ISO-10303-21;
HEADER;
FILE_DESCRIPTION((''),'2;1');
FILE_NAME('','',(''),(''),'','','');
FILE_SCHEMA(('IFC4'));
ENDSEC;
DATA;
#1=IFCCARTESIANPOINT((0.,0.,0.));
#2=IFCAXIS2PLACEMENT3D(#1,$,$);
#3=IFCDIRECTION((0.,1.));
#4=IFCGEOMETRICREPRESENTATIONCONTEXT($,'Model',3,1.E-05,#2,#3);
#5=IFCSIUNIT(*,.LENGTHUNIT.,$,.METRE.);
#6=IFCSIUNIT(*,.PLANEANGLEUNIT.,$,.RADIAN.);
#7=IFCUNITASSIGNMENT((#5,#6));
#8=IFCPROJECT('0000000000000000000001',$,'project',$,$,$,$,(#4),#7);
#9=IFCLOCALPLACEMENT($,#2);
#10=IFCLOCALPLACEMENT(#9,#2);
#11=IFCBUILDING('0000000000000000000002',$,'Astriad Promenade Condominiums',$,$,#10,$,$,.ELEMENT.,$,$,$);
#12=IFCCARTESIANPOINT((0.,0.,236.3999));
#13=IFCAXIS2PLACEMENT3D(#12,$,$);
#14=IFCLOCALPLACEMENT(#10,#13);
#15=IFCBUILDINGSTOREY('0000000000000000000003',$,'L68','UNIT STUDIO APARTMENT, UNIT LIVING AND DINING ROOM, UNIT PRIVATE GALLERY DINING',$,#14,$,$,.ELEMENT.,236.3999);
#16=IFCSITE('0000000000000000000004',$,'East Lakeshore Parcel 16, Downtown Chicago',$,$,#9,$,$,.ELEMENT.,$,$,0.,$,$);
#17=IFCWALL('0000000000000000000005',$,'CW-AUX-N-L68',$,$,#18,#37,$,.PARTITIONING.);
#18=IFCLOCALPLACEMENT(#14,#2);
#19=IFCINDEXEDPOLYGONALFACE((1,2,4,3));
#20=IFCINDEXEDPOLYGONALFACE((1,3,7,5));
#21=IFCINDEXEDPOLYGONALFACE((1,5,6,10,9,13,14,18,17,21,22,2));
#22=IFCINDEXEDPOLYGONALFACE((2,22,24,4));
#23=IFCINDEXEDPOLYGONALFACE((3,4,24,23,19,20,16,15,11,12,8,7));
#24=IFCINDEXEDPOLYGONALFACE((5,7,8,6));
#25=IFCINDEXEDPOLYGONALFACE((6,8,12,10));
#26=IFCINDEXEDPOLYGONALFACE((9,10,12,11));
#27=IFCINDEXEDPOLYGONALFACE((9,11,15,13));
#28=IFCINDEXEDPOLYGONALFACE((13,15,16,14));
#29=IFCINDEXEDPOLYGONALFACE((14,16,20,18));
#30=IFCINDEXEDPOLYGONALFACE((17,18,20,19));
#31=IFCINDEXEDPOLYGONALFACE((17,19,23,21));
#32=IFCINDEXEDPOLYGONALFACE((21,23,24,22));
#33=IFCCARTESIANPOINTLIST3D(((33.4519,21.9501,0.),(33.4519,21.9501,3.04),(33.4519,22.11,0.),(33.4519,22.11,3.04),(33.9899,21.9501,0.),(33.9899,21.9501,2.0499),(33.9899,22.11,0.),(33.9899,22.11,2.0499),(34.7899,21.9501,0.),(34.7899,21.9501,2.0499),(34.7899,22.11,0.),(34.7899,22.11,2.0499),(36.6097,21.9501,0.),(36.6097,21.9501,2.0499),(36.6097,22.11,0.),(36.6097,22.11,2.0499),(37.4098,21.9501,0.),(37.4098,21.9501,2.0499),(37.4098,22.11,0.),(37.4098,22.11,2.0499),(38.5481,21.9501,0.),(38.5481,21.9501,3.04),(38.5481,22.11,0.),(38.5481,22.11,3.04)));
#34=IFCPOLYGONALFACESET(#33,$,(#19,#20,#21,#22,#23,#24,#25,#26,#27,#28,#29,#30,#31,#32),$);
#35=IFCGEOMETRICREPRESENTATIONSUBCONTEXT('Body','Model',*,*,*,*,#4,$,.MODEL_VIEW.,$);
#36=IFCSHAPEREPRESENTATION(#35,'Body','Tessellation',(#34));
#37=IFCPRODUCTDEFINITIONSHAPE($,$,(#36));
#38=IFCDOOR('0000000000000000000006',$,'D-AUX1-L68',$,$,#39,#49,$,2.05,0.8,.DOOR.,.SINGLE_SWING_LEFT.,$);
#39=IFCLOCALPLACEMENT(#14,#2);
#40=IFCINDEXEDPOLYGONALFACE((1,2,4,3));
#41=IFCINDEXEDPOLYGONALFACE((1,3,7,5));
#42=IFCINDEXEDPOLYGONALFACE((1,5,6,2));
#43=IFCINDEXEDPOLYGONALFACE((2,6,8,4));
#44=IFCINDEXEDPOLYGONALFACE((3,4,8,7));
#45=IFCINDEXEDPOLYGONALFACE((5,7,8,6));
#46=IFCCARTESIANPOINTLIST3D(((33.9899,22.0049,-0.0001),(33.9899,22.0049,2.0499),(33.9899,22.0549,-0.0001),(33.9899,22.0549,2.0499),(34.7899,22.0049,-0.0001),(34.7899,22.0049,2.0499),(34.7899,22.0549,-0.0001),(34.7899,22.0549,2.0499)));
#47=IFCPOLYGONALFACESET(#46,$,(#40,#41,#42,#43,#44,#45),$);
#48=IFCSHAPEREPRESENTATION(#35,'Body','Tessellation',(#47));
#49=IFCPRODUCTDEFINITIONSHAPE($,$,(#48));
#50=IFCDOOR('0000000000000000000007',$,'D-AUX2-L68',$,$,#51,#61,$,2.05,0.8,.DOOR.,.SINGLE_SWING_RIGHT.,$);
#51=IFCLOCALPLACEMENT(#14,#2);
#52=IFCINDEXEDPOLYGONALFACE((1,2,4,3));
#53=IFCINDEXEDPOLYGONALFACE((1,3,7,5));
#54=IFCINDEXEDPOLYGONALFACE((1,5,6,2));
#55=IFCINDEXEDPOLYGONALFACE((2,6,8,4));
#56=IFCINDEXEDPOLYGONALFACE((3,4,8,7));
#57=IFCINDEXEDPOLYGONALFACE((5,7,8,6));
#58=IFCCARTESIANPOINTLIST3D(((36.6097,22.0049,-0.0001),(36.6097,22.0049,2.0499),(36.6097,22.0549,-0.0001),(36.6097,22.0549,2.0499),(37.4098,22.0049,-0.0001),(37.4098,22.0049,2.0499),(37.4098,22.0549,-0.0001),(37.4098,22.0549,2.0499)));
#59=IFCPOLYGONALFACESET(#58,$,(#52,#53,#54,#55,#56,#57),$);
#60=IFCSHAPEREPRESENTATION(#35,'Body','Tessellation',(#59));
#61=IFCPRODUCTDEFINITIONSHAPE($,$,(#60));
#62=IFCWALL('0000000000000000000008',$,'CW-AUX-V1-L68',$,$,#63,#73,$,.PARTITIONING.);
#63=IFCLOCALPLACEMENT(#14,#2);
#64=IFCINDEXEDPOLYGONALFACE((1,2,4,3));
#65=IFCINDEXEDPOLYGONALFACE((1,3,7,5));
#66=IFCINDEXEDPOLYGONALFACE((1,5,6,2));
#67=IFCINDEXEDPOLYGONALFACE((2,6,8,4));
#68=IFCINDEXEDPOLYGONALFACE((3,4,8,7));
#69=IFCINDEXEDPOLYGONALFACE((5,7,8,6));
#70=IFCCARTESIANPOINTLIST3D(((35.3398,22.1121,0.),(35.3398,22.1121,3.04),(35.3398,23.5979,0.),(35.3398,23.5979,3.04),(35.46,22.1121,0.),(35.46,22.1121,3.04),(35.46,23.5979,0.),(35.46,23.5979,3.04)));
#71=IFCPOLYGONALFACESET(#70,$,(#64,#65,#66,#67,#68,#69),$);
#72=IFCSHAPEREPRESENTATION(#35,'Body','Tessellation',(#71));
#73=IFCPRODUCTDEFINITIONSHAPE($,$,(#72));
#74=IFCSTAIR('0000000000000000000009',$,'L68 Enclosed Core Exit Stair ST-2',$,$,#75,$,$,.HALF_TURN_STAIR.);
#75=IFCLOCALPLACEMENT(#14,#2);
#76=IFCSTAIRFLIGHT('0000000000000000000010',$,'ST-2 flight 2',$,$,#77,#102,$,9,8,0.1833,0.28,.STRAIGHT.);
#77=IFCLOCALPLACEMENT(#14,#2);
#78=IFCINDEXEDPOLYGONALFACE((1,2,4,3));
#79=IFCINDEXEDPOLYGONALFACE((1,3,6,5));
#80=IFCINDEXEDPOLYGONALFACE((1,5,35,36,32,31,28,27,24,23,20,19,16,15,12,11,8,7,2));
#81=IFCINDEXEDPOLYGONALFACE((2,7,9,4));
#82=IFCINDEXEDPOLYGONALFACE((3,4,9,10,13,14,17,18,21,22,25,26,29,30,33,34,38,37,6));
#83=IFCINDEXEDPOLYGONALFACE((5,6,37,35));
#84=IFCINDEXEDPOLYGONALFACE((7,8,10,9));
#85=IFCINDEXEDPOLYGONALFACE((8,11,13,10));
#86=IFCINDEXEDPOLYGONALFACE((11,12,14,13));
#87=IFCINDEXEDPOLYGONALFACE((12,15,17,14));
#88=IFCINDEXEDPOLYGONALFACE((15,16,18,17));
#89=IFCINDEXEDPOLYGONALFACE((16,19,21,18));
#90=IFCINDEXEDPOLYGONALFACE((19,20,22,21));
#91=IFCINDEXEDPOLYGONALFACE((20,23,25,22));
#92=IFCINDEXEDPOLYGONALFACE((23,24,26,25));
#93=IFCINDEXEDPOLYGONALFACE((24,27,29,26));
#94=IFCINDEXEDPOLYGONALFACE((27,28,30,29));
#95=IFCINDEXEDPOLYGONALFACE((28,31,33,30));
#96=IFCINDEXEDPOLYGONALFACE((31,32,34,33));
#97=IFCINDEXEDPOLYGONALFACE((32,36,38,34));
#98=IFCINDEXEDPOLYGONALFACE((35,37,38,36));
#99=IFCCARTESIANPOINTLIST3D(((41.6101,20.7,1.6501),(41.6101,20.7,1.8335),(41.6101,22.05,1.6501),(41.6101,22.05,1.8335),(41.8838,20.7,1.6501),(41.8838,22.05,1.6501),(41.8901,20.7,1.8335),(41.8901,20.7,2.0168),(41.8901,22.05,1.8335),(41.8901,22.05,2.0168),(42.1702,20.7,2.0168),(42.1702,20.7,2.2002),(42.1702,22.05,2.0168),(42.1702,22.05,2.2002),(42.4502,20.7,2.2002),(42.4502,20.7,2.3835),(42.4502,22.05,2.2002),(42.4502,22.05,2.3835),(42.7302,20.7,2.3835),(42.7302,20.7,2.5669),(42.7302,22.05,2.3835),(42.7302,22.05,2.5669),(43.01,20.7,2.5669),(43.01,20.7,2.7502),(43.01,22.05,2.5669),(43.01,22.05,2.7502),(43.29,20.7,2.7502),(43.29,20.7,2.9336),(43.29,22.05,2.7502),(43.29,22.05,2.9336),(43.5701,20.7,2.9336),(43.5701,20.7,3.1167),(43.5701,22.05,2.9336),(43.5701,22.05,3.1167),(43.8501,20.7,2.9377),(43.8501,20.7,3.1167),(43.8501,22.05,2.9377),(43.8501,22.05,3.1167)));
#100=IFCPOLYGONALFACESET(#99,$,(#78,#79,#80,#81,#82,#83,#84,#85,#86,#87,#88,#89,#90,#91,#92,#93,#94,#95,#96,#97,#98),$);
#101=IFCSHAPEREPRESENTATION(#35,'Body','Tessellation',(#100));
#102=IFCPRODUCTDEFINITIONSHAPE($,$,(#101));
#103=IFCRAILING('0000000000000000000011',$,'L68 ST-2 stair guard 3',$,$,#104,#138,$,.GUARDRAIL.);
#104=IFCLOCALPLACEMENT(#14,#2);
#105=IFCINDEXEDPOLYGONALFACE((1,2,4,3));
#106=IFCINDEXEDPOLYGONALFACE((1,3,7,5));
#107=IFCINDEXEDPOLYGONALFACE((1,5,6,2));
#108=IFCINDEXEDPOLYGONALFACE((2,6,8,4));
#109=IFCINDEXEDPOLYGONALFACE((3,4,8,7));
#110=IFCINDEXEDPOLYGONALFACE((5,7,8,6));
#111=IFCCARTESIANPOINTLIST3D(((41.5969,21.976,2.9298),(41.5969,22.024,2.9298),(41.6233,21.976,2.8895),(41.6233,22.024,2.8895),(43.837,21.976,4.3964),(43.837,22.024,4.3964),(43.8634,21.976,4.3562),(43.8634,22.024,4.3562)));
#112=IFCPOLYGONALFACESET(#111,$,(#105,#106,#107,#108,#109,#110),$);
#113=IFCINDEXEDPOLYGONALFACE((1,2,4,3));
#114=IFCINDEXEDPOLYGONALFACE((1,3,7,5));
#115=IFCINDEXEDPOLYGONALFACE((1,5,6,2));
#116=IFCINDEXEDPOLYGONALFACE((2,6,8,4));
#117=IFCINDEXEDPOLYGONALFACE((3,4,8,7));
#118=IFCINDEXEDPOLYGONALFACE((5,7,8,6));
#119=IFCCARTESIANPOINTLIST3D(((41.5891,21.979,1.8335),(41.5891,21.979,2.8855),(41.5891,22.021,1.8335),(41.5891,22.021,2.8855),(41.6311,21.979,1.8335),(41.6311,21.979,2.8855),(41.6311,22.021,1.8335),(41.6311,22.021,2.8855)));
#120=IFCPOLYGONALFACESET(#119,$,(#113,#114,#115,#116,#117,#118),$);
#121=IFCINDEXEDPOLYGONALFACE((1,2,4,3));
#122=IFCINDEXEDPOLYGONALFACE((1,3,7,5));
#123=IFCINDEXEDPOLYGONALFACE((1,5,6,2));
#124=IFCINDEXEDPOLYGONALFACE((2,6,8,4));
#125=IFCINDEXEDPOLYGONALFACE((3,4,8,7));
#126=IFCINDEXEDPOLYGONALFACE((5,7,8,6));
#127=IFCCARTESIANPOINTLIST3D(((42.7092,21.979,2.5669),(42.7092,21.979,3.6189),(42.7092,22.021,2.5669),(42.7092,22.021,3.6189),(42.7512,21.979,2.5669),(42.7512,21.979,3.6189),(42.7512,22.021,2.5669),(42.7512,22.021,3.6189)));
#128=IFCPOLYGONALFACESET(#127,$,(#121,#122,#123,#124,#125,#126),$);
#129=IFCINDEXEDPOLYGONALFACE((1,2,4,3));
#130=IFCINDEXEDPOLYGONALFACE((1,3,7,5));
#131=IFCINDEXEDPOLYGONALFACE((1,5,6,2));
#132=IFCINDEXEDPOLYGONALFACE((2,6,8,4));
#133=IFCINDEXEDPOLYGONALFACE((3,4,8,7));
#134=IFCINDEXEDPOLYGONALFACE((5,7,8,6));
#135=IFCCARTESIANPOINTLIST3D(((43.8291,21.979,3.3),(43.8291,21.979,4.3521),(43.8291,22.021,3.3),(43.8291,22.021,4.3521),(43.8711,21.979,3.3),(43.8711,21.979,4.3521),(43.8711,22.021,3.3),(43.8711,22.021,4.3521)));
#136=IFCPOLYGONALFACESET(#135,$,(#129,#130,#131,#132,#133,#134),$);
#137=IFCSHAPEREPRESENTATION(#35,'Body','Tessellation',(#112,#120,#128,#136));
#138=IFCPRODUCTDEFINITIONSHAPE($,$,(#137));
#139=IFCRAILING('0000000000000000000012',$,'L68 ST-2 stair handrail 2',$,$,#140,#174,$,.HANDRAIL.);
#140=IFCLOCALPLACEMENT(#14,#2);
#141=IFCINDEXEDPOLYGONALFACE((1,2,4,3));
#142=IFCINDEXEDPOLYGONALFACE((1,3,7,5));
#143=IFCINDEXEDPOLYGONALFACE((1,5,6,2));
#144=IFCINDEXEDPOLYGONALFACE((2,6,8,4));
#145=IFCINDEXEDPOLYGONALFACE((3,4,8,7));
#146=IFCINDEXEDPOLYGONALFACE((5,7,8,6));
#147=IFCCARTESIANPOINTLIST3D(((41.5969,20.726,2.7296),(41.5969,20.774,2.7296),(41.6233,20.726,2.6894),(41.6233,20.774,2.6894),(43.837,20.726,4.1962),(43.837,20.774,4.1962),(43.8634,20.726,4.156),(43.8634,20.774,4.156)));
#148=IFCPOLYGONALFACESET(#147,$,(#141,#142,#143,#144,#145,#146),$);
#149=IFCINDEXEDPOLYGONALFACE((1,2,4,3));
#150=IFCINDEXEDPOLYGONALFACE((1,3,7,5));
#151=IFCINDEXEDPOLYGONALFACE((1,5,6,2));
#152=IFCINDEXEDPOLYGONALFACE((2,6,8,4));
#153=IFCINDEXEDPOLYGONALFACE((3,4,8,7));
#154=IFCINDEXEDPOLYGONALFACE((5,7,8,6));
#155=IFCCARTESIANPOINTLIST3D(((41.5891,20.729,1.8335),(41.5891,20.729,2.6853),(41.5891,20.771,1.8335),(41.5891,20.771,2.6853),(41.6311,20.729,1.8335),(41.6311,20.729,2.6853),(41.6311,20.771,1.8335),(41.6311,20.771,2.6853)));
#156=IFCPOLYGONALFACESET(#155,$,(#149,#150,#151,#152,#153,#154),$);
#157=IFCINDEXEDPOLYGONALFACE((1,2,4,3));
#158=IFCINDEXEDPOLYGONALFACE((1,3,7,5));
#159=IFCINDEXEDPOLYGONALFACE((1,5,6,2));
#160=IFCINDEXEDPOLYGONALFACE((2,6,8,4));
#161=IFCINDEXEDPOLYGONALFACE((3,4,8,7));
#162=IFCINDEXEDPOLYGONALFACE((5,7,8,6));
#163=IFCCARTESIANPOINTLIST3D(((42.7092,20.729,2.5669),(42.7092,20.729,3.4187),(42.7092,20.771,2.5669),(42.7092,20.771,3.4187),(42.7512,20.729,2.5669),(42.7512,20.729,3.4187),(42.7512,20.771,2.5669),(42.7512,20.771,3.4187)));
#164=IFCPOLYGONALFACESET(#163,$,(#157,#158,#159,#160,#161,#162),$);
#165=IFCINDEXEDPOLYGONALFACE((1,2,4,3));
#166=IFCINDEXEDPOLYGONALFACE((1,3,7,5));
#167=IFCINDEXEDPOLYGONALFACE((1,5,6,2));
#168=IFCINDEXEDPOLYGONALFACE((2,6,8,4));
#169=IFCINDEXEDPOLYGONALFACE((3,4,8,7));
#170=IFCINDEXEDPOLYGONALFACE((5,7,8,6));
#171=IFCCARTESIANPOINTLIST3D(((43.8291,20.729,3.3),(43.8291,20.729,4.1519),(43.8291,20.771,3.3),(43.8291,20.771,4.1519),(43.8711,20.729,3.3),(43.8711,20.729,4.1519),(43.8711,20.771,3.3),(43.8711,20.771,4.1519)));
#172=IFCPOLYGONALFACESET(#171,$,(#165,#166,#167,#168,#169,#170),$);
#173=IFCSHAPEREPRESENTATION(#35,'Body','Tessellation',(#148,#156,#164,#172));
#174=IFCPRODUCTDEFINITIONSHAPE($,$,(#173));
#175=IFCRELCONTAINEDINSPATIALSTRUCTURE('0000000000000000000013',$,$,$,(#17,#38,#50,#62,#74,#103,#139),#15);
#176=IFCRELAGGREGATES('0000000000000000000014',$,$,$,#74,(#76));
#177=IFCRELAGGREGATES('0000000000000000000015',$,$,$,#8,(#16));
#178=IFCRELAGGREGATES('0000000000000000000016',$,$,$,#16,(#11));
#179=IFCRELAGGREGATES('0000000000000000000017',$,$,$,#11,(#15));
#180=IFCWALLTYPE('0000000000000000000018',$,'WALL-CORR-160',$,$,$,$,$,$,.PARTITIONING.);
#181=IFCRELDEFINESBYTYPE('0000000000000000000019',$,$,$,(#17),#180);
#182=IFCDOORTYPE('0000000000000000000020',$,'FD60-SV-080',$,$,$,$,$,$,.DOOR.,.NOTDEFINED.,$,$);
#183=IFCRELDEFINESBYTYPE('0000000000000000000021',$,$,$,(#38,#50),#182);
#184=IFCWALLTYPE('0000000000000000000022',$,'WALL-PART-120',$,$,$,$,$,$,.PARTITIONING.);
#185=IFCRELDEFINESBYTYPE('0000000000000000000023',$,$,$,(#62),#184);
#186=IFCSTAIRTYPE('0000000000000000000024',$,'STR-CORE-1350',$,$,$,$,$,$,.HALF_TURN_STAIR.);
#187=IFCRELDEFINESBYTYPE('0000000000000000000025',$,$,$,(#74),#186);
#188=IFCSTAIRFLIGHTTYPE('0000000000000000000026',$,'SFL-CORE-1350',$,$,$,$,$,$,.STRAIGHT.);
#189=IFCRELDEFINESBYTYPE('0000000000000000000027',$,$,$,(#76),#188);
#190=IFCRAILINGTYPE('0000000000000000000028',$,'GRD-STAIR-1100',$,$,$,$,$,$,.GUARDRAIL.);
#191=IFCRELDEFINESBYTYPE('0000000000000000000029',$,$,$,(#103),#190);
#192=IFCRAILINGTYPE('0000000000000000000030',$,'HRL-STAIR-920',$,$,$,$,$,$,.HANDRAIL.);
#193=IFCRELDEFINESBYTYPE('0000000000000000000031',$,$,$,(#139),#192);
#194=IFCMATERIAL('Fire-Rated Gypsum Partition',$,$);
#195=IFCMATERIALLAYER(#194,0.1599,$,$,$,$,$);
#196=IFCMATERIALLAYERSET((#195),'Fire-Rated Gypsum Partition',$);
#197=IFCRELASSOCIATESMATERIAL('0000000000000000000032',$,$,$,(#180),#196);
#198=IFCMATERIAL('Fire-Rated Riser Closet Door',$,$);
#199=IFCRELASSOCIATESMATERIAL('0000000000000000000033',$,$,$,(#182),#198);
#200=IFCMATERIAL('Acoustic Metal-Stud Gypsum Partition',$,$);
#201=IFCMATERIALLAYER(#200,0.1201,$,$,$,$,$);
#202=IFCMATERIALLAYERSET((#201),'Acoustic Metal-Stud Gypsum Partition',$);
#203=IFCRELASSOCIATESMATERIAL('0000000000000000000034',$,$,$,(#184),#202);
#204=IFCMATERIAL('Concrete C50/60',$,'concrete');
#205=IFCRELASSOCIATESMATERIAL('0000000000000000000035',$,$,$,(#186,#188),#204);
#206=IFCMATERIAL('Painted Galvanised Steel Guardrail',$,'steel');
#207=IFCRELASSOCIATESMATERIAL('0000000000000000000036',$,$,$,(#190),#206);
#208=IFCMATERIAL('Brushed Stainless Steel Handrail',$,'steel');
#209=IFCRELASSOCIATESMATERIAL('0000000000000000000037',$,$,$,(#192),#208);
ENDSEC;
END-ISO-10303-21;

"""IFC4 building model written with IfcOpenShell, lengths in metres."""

from ifc_helpers import new_model, si_unit, direction, frame, frame_2d, origin, origin_2d, place, context, subcontext, project, spatial, polyline, rectangle, outline, extrude, source, transform, mapped, material, layer, layer_set, type_object, type_shapes, element, fill, aggregate, save


model = new_model("IFC4")

# Units and contexts
model_context = context("Model", 3, precision=1e-05, world=origin(), true_north=direction((0.0, 1.0)))
body_context = subcontext(model_context, "Body", "Model", "MODEL_VIEW")
ifc_project = project(units=[si_unit("LENGTHUNIT", "METRE"), si_unit("PLANEANGLEUNIT", "RADIAN")], contexts=[model_context])

# Site, building, storey
site_placement = place(None, origin())
site = spatial("IfcSite", under=ifc_project, at=site_placement, Name="East Lakeshore Parcel 16, Downtown Chicago", CompositionType="ELEMENT", RefElevation=0.0)
building_placement = place(site_placement, origin())
building = spatial("IfcBuilding", under=site, at=building_placement, Name="Astriad Promenade Condominiums", CompositionType="ELEMENT")
storey_placement = place(building_placement, frame((0.0, 0.0, 236.3999)))
storey = spatial("IfcBuildingStorey", under=building, at=storey_placement, Name="L68", Description="UNIT STUDIO APARTMENT, UNIT LIVING AND DINING ROOM, UNIT PRIVATE GALLERY DINING", CompositionType="ELEMENT", Elevation=236.3999)

# Shared definitions
ifc_material_1 = material(Name="Concrete C50/60", Category="concrete")

# Shared definitions
ifc_material_2 = material(Name="Fire-Rated Gypsum Partition")
ifc_layer_1 = layer(ifc_material_2, 0.1599)
ifc_layer_set_1 = layer_set([ifc_layer_1], Name="Fire-Rated Gypsum Partition")
wall_type_1 = type_object("IfcWallType", Name="WALL-CORR-160", PredefinedType="PARTITIONING", material=ifc_layer_set_1)

# Wall, openings, doors
wall_1_placement = place(storey_placement, frame((33.4519, 22.03, 0.0), z_axis=(0.0, 0.0, 1.0), x_axis=(1.0, 0.0, 0.0)))
wall_1 = element("IfcWall", 1, at=wall_1_placement, inside=storey, type_object=wall_type_1, Name="CW-AUX-N-L68", PredefinedType="PARTITIONING", context=body_context, shape_type="SweptSolid", body=[
    extrude(rectangle(XDim=5.0962, YDim=0.1599, at=frame_2d((2.5481, 0.0))), origin(), (0.0, 0.0, 1.0), 3.04),
])
opening_1_placement = place(wall_1_placement, frame((0.5381, 0.0, 0.0)))
opening_1 = element("IfcOpeningElement", 2, at=opening_1_placement, cuts=wall_1, PredefinedType="OPENING", context=body_context, shape_type="SweptSolid", body=[
    extrude(rectangle(XDim=0.8, YDim=2.05, at=frame_2d((0.3999, 1.0249))), frame((0.0, 0.0898, 0.0), z_axis=(0.0, -1.0, 0.0), x_axis=(1.0, 0.0, 0.0)), (0.0, 0.0, 1.0), 0.1799),
])
opening_2_placement = place(wall_1_placement, frame((3.158, 0.0, 0.0)))
opening_2 = element("IfcOpeningElement", 3, at=opening_2_placement, cuts=wall_1, PredefinedType="OPENING", context=body_context, shape_type="SweptSolid", body=[
    extrude(rectangle(XDim=0.8, YDim=2.05, at=frame_2d((0.3999, 1.0249))), frame((0.0, 0.0898, 0.0), z_axis=(0.0, -1.0, 0.0), x_axis=(1.0, 0.0, 0.0)), (0.0, 0.0, 1.0), 0.1799),
])
ifc_material_3 = material(Name="Fire-Rated Riser Closet Door")
door_type_1 = type_object("IfcDoorType", Name="FD60-SV-080", OperationType="NOTDEFINED", PredefinedType="DOOR", material=ifc_material_3)
shared_shape_1 = source(origin(), body_context, "Body", "SweptSolid", [
    extrude(rectangle(XDim=0.8, YDim=2.05, at=frame_2d((0.3999, 1.0249))), frame((0.0, 0.0249, 0.0), z_axis=(0.0, -1.0, 0.0), x_axis=(1.0, 0.0, 0.0)), (0.0, 0.0, 1.0), 0.05),
])
type_shapes(door_type_1, [shared_shape_1])
door_1_placement = place(opening_1_placement, origin())
door_1 = element("IfcDoor", 4, at=door_1_placement, inside=storey, type_object=door_type_1, Name="D-AUX1-L68", OperationType="SINGLE_SWING_LEFT", OverallHeight=2.05, OverallWidth=0.8, PredefinedType="DOOR", context=body_context, shape_type="MappedRepresentation", body=[
    mapped(shared_shape_1, transform((0.0, 0.0, 0.0), scale=1.0)),
])
fill(opening_1, door_1)
door_2_placement = place(opening_2_placement, origin())
door_2 = element("IfcDoor", 5, at=door_2_placement, inside=storey, type_object=door_type_1, Name="D-AUX2-L68", OperationType="SINGLE_SWING_RIGHT", OverallHeight=2.05, OverallWidth=0.8, PredefinedType="DOOR", context=body_context, shape_type="MappedRepresentation", body=[
    mapped(shared_shape_1, transform((0.0, 0.0, 0.0), scale=1.0)),
])
fill(opening_2, door_2)

# Wall
ifc_material_4 = material(Name="Acoustic Metal-Stud Gypsum Partition")
ifc_layer_2 = layer(ifc_material_4, 0.1201)
ifc_layer_set_2 = layer_set([ifc_layer_2], Name="Acoustic Metal-Stud Gypsum Partition")
wall_type_2 = type_object("IfcWallType", Name="WALL-PART-120", PredefinedType="PARTITIONING", material=ifc_layer_set_2)
wall_2_placement = place(storey_placement, frame((35.3999, 22.1121, 0.0), z_axis=(0.0, 0.0, 1.0), x_axis=(0.0, 1.0, 0.0)))
element("IfcWall", 6, at=wall_2_placement, inside=storey, type_object=wall_type_2, Name="CW-AUX-V1-L68", PredefinedType="PARTITIONING", context=body_context, shape_type="SweptSolid", body=[
    extrude(rectangle(XDim=1.4858, YDim=0.1201, at=frame_2d((0.7429, 0.0))), origin(), (0.0, 0.0, 1.0), 3.04),
])

# Stair, stair flight
stair_type = type_object("IfcStairType", Name="STR-CORE-1350", PredefinedType="HALF_TURN_STAIR", material=ifc_material_1)
stair_placement = place(storey_placement, origin())
stair = element("IfcStair", 7, at=stair_placement, inside=storey, type_object=stair_type, Name="L68 Enclosed Core Exit Stair ST-2", PredefinedType="HALF_TURN_STAIR")
stair_flight_type = type_object("IfcStairFlightType", Name="SFL-CORE-1350", PredefinedType="STRAIGHT", material=ifc_material_1)
shared_shape_2 = source(origin(), body_context, "Body", "SweptSolid", [
    extrude(outline(polyline([(0.0, 0.0), (0.0, 0.1833), (0.28, 0.1833), (0.28, 0.3667), (0.5601, 0.3667), (0.5601, 0.55), (0.8401, 0.55), (0.8401, 0.7334), (1.1201, 0.7334), (1.1201, 0.9167), (1.3999, 0.9167), (1.3999, 1.1001), (1.6799, 1.1001), (1.6799, 1.2834), (1.96, 1.2834), (1.96, 1.4666), (2.24, 1.4666), (2.24, 1.6499), (2.24, 1.2876), (0.2737, 0.0), (0.0, 0.0)])), frame((0.0, 0.675, 0.0), z_axis=(0.0, -1.0, 0.0), x_axis=(1.0, 0.0, 0.0)), (0.0, 0.0, 1.0), 1.3501),
])
type_shapes(stair_flight_type, [shared_shape_2])
stair_flight_placement = place(storey_placement, frame((41.6101, 21.375, 1.6501), z_axis=(0.0, 0.0, 1.0), x_axis=(1.0, 0.0, 0.0)))
stair_flight = element("IfcStairFlight", 8, at=stair_flight_placement, type_object=stair_flight_type, Name="ST-2 flight 2", NumberOfRisers=9, NumberOfTreads=8, PredefinedType="STRAIGHT", RiserHeight=0.1833, TreadLength=0.28, context=body_context, shape_type="MappedRepresentation", body=[
    mapped(shared_shape_2, transform((0.0, 0.0, 0.0), scale=1.0)),
])
aggregate(stair, [stair_flight])

# Railings
ifc_material_5 = material(Name="Painted Galvanised Steel Guardrail", Category="steel")
railing_type_1 = type_object("IfcRailingType", Name="GRD-STAIR-1100", PredefinedType="GUARDRAIL", material=ifc_material_5)
shared_shape_3 = source(origin(), body_context, "Body", "SweptSolid", [
    extrude(rectangle(XDim=0.0481, YDim=0.0481, at=origin_2d()), frame((0.0, 0.0, 1.0762), z_axis=(0.836637, 0.0, 0.547758), x_axis=(0.0, 1.0, 0.0)), (0.0, 0.0, 1.0), 2.6775),
    extrude(rectangle(XDim=0.042, YDim=0.042, at=origin_2d()), origin(), (0.0, 0.0, 1.0), 1.052),
    extrude(rectangle(XDim=0.042, YDim=0.042, at=origin_2d()), frame((1.1201, 0.0, 0.7334)), (0.0, 0.0, 1.0), 1.052),
    extrude(rectangle(XDim=0.042, YDim=0.042, at=origin_2d()), frame((2.24, 0.0, 1.4666)), (0.0, 0.0, 1.0), 1.052),
])
railing_1_placement = place(storey_placement, frame((41.6101, 22.0, 1.8335)))
element("IfcRailing", 9, at=railing_1_placement, inside=storey, type_object=railing_type_1, Name="L68 ST-2 stair guard 3", PredefinedType="GUARDRAIL", context=body_context, shape_type="MappedRepresentation", body=[
    mapped(shared_shape_3, transform((0.0, 0.0, 0.0), scale=1.0)),
])
ifc_material_6 = material(Name="Brushed Stainless Steel Handrail", Category="steel")
railing_type_2 = type_object("IfcRailingType", Name="HRL-STAIR-920", PredefinedType="HANDRAIL", material=ifc_material_6)
shared_shape_4 = source(origin(), body_context, "Body", "SweptSolid", [
    extrude(rectangle(XDim=0.0481, YDim=0.0481, at=origin_2d()), frame((0.0, 0.0, 0.876), z_axis=(0.836637, 0.0, 0.547758), x_axis=(0.0, 1.0, 0.0)), (0.0, 0.0, 1.0), 2.6775),
    extrude(rectangle(XDim=0.042, YDim=0.042, at=origin_2d()), origin(), (0.0, 0.0, 1.0), 0.8518),
    extrude(rectangle(XDim=0.042, YDim=0.042, at=origin_2d()), frame((1.1201, 0.0, 0.7334)), (0.0, 0.0, 1.0), 0.8518),
    extrude(rectangle(XDim=0.042, YDim=0.042, at=origin_2d()), frame((2.24, 0.0, 1.4666)), (0.0, 0.0, 1.0), 0.8518),
])
type_shapes(railing_type_2, [shared_shape_4])
railing_2_placement = place(storey_placement, frame((41.6101, 20.75, 1.8335)))
element("IfcRailing", 10, at=railing_2_placement, inside=storey, type_object=railing_type_2, Name="L68 ST-2 stair handrail 2", PredefinedType="HANDRAIL", context=body_context, shape_type="MappedRepresentation", body=[
    mapped(shared_shape_4, transform((0.0, 0.0, 0.0), scale=1.0)),
])

save(model, "model.ifc")
